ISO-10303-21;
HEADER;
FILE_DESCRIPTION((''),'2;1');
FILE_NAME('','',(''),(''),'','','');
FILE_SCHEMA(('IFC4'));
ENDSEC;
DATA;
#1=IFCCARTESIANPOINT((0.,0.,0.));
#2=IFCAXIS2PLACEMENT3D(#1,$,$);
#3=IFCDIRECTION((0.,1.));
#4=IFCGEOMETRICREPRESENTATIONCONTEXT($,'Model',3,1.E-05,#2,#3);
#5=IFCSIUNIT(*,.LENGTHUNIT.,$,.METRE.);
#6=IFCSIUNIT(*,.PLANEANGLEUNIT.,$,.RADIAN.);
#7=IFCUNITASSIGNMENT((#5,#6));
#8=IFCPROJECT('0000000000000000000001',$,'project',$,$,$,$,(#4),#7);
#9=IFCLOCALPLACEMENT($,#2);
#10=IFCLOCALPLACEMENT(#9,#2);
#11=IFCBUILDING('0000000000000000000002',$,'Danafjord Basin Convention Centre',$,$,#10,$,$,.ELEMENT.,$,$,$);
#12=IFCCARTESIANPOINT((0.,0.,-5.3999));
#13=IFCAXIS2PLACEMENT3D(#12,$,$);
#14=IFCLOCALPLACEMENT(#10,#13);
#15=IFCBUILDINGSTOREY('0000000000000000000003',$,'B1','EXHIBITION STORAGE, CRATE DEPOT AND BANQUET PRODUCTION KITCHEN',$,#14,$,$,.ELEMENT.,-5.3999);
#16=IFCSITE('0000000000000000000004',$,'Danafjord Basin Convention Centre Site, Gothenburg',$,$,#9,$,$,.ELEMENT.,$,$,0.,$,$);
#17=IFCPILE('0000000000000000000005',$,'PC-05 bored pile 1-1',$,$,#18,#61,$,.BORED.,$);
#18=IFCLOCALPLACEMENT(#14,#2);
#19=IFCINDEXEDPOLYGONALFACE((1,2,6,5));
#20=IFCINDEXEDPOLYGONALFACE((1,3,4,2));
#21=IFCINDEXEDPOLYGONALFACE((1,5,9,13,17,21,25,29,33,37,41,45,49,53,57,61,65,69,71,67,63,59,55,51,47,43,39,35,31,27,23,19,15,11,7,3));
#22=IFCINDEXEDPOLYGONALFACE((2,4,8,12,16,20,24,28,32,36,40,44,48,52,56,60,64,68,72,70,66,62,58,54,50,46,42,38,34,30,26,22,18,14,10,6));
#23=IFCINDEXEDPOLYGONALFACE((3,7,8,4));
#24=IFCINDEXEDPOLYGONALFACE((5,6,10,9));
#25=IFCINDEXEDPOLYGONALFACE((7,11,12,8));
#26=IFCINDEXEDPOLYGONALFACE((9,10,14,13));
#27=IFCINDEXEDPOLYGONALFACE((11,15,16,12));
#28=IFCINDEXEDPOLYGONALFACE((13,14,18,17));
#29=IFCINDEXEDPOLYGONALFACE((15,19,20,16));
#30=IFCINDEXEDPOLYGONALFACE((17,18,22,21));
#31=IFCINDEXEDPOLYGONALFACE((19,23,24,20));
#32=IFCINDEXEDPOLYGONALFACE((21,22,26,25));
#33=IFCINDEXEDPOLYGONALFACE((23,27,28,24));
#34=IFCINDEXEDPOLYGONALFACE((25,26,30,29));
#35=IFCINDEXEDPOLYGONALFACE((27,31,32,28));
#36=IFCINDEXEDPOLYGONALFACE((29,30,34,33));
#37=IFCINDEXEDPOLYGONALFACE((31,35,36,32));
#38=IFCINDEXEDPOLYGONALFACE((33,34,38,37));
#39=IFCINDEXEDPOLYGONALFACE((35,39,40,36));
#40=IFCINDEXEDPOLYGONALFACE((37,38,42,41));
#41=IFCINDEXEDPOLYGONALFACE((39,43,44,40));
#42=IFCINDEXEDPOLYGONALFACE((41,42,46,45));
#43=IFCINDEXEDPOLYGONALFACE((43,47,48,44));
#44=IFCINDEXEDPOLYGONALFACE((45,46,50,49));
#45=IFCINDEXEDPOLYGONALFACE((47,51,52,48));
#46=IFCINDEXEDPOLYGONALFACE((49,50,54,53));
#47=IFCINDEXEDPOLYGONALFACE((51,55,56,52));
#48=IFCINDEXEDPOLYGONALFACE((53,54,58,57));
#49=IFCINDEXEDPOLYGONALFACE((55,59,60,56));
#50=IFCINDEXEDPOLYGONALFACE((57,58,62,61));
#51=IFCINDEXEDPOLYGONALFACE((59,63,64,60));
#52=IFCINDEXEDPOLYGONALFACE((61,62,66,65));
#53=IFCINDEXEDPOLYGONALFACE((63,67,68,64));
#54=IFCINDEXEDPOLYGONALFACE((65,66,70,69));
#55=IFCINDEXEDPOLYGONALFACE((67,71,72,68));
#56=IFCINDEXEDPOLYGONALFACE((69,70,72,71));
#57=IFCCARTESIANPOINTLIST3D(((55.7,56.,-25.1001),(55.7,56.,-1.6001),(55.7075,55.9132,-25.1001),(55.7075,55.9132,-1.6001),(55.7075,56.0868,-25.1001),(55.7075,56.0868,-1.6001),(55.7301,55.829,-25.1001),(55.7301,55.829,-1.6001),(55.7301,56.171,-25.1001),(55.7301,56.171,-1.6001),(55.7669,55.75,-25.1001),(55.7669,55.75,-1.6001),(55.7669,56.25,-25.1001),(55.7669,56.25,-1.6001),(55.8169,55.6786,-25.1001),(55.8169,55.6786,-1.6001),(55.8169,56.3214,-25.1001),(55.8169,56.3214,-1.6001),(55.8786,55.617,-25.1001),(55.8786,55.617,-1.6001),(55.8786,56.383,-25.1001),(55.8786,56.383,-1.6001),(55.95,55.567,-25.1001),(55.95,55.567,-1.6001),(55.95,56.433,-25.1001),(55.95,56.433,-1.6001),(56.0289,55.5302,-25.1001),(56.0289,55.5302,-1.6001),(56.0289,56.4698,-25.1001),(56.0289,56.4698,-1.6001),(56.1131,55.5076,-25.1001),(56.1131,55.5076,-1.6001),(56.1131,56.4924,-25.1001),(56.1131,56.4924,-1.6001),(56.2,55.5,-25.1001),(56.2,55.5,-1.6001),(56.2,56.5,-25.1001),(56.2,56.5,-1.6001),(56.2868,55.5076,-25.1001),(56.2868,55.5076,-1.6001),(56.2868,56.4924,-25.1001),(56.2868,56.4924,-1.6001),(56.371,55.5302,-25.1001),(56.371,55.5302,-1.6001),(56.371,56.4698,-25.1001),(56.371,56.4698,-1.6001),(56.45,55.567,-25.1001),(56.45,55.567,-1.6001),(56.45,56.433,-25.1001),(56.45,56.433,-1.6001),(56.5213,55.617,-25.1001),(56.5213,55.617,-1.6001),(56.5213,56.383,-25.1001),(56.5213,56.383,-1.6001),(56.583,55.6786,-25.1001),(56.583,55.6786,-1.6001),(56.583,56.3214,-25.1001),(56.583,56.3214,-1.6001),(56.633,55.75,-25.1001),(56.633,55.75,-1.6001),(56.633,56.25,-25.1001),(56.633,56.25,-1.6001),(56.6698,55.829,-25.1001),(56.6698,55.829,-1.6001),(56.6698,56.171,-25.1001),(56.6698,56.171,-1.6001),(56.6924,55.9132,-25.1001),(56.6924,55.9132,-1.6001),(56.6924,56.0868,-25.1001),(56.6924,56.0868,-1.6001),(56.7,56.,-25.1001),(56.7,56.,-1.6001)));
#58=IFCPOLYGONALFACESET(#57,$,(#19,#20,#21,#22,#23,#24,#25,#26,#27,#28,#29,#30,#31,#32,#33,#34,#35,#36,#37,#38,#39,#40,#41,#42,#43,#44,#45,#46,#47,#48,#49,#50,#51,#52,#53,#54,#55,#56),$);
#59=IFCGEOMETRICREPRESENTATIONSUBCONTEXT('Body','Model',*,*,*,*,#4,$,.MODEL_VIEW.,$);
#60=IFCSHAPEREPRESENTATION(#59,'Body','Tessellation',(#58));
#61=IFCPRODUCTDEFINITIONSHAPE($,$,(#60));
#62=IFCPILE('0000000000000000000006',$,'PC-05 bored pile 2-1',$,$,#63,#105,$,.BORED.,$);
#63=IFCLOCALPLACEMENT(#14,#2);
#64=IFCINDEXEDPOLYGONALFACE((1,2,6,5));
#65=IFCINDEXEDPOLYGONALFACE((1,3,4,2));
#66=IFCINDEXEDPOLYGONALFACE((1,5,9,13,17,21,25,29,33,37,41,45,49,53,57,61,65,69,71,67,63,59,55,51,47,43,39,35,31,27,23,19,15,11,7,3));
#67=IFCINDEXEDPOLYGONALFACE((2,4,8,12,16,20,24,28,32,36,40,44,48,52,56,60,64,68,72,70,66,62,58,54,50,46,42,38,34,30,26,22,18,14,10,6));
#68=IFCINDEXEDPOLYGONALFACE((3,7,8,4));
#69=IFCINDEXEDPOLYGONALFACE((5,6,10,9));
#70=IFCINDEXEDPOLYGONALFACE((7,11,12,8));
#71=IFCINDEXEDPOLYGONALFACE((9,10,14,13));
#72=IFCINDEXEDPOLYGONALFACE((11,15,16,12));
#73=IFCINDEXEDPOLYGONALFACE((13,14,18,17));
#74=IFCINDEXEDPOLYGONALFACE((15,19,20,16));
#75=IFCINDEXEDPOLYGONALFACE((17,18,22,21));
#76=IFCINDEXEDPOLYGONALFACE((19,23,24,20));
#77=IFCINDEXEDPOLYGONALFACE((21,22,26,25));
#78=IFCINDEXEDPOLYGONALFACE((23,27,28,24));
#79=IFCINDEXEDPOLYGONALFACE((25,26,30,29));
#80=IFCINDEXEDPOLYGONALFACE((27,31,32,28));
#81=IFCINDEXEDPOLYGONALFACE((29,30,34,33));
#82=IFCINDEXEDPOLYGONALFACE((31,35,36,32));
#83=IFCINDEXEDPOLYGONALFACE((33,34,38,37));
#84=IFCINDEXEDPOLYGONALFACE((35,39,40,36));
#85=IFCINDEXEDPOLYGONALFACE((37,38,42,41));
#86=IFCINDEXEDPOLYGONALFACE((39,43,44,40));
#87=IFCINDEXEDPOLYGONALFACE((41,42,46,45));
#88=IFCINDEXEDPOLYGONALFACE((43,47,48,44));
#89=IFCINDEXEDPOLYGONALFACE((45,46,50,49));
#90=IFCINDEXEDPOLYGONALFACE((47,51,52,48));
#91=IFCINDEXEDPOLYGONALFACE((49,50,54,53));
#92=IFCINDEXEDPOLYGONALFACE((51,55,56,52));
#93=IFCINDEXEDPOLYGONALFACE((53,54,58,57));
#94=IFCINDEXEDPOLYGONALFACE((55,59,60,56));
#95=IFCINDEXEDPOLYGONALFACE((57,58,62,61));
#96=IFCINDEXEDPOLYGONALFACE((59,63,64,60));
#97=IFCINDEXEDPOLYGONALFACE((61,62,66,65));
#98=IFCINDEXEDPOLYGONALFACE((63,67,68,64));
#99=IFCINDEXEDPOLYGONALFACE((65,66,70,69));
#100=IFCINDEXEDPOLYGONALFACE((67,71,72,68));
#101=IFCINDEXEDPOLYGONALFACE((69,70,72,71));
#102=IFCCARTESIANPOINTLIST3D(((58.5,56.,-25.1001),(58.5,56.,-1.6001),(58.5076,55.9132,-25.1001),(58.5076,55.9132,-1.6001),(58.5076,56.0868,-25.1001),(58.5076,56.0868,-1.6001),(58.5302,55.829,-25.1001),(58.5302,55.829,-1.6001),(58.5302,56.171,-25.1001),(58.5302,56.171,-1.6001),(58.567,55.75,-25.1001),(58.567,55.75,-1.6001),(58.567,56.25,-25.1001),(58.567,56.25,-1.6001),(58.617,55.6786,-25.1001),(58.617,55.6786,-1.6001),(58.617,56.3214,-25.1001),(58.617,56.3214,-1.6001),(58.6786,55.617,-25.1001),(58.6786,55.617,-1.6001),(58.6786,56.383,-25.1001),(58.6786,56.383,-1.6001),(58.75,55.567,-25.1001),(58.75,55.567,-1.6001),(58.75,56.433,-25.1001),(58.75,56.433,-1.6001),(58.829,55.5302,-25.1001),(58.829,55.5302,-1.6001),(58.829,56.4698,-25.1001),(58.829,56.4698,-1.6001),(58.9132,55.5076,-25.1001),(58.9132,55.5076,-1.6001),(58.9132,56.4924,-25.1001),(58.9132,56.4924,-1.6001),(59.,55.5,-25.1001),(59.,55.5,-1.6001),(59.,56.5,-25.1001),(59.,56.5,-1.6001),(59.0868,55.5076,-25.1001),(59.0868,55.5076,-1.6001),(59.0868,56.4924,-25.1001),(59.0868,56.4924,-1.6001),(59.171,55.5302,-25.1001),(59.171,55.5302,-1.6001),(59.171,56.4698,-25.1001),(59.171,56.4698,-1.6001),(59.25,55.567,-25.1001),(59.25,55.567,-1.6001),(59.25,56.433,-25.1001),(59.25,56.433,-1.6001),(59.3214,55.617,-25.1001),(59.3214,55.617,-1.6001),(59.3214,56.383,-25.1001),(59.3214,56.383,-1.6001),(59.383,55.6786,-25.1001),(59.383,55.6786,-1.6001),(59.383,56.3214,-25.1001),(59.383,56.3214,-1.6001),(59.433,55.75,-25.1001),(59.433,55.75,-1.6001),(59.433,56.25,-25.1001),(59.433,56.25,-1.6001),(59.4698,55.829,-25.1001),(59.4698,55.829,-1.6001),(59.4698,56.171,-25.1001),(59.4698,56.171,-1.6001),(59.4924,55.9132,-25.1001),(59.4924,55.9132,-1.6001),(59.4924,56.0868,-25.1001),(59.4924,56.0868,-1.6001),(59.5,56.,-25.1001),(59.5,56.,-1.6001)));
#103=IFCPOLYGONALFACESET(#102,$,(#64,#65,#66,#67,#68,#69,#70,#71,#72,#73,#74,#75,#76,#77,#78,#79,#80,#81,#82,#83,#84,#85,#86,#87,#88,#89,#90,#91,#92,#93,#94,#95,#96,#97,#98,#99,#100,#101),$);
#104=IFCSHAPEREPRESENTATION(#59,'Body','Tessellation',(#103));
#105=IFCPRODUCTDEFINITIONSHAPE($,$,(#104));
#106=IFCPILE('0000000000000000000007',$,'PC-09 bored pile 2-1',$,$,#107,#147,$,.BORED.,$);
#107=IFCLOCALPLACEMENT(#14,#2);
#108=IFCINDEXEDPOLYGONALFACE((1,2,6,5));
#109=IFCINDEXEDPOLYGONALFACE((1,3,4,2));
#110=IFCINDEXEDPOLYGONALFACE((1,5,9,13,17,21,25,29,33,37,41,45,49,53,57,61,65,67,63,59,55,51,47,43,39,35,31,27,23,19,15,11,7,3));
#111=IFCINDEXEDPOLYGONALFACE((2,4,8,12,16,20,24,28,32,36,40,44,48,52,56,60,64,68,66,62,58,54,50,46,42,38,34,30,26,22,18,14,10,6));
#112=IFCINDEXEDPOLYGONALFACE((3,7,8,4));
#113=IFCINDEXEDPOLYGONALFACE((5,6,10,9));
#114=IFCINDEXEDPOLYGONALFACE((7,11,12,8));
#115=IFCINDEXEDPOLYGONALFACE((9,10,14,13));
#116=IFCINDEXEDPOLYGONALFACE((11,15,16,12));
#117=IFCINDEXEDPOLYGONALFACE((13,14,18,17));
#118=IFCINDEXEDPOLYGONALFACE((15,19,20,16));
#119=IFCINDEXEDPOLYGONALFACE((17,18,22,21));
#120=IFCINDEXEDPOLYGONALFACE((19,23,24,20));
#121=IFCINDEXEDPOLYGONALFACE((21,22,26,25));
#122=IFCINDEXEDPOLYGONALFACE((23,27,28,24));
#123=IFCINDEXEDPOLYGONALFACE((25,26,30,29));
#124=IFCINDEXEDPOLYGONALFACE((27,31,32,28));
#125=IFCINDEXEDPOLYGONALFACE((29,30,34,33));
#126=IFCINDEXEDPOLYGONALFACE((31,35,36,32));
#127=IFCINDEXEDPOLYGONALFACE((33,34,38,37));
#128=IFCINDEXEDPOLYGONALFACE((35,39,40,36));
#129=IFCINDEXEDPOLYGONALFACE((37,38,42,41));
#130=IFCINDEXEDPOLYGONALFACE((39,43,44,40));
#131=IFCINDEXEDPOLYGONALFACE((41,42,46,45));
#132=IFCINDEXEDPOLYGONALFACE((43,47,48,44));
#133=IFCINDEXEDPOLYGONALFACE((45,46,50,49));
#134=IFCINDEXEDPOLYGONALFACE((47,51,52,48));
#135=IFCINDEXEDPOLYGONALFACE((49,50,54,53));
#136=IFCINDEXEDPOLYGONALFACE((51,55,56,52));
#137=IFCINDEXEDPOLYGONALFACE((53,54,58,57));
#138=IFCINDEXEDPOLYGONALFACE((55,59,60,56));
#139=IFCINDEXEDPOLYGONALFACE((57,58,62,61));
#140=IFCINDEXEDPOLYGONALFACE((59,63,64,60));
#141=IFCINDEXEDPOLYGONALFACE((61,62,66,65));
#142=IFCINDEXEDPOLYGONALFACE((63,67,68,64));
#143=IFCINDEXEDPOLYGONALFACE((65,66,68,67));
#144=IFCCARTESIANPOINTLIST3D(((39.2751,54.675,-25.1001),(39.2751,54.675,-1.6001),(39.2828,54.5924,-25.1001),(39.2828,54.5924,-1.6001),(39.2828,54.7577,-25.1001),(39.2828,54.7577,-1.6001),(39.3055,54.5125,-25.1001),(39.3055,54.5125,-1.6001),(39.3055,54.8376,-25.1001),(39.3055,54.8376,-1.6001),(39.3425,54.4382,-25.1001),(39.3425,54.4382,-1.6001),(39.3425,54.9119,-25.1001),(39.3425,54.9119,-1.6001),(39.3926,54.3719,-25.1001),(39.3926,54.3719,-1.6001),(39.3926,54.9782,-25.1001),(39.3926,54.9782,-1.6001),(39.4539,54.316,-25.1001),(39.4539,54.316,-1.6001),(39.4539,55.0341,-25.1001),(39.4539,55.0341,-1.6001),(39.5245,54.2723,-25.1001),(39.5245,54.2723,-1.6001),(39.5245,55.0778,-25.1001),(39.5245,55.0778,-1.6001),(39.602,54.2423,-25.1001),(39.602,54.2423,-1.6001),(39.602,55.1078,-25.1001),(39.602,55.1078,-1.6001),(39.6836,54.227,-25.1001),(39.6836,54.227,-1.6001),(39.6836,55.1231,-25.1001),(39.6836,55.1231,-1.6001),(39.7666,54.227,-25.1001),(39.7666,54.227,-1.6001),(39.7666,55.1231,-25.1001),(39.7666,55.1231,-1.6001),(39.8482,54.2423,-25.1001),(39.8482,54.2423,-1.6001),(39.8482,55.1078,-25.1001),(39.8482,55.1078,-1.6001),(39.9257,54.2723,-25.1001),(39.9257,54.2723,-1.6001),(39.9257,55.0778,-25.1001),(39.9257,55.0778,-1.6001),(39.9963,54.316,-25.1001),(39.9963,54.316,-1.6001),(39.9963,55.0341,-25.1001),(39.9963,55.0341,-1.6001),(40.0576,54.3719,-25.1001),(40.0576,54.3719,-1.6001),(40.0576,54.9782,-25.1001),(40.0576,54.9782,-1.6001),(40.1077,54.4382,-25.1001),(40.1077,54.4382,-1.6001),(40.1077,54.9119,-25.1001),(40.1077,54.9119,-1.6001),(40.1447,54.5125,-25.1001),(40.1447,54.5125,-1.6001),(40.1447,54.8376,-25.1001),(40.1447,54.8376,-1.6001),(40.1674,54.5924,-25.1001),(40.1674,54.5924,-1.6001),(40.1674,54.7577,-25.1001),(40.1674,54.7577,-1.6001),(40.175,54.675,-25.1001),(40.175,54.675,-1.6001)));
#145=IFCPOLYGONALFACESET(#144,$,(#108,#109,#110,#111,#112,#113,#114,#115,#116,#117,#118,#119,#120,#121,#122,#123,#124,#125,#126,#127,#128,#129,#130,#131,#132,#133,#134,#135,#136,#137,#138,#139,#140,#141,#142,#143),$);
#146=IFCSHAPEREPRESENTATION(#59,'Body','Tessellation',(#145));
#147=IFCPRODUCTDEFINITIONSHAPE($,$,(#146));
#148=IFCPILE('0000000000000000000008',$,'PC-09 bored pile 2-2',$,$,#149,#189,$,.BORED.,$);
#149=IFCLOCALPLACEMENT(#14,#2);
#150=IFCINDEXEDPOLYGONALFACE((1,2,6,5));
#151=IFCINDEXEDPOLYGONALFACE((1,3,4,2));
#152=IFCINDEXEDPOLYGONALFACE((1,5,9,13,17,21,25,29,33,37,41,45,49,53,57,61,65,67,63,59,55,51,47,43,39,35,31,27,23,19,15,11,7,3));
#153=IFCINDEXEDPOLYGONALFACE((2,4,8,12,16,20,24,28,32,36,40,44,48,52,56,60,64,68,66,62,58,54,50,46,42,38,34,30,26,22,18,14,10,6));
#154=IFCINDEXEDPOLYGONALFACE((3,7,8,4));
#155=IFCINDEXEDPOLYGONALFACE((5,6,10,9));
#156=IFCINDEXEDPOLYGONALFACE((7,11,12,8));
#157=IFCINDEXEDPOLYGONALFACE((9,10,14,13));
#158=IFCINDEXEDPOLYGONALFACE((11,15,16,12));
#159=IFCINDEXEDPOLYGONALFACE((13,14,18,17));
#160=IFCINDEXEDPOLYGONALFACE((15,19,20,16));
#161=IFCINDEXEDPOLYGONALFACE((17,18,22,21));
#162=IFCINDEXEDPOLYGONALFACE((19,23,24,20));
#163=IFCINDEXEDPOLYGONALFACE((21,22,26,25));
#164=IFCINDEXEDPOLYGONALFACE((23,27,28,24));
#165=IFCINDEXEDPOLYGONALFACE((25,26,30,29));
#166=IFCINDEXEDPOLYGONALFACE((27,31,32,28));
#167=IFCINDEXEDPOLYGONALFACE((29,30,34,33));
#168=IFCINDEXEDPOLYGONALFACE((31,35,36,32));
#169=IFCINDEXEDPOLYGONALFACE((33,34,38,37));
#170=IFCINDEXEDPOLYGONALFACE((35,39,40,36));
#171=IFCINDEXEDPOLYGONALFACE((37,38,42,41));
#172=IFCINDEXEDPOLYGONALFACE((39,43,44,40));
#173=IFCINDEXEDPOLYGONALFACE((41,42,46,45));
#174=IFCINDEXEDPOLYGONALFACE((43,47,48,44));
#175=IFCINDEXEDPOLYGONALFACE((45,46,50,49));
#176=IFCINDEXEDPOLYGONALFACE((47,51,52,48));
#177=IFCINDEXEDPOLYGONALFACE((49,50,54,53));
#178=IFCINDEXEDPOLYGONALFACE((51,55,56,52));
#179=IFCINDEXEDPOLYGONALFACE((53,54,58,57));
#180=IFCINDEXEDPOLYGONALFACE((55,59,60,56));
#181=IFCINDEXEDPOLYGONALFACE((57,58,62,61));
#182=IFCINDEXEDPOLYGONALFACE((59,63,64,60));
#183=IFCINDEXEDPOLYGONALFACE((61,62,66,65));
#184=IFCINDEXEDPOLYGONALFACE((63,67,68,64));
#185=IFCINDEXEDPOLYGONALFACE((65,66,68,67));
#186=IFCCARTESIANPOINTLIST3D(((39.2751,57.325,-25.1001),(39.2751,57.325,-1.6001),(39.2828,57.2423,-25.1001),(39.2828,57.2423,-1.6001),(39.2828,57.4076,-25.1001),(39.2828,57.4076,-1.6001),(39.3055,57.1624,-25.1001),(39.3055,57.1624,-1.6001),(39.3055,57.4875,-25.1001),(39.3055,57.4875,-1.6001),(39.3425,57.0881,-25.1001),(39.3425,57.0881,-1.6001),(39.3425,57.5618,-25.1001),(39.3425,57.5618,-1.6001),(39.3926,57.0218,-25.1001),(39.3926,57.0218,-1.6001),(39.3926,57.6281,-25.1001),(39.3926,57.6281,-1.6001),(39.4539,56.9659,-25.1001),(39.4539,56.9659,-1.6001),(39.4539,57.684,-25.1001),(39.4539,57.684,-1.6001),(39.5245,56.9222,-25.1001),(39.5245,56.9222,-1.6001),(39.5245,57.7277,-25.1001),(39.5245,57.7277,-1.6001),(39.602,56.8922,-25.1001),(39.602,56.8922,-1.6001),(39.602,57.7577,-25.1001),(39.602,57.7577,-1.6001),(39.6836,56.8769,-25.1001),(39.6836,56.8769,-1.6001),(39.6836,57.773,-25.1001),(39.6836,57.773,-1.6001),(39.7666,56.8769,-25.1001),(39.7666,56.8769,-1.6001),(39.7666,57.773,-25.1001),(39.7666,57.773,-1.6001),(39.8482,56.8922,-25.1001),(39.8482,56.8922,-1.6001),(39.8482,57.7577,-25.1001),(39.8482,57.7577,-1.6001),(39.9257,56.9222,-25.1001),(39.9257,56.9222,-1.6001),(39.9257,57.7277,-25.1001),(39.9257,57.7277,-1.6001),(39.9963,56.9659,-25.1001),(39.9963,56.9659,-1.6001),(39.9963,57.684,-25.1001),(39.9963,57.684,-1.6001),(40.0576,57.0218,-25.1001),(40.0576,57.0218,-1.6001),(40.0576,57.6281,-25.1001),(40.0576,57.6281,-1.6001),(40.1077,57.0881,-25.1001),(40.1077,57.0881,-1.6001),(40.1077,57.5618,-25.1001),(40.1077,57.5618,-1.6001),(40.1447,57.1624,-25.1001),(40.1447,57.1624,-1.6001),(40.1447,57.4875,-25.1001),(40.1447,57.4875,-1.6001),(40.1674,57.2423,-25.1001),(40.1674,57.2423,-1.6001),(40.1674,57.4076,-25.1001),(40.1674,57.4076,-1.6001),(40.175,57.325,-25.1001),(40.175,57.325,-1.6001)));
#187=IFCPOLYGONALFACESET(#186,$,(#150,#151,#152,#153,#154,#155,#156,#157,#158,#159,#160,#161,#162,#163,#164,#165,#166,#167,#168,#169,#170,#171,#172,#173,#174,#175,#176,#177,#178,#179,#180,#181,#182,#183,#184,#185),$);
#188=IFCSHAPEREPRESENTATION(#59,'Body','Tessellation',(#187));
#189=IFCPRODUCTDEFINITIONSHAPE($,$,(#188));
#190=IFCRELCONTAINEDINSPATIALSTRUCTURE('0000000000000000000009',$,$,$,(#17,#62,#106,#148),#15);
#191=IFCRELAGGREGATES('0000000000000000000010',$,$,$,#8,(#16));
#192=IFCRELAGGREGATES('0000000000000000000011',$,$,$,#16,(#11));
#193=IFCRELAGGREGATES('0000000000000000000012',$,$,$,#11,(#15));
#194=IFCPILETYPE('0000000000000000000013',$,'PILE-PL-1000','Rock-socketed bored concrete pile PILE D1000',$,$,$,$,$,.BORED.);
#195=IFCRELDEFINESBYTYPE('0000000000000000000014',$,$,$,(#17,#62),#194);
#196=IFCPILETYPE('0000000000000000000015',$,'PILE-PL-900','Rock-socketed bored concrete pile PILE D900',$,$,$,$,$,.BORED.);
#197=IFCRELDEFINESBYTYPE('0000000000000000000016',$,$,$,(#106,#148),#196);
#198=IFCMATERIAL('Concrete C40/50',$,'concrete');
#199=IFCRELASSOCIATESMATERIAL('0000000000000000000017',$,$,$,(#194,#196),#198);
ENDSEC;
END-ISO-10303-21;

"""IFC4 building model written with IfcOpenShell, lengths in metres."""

from ifc_helpers import new_model, si_unit, direction, frame, origin, origin_2d, place, context, subcontext, project, spatial, circle, extrude, material, material_profile, profile_set, type_object, element, save


model = new_model("IFC4")

# Units and contexts
model_context = context("Model", 3, precision=1e-05, world=origin(), true_north=direction((0.0, 1.0)))
body_context = subcontext(model_context, "Body", "Model", "MODEL_VIEW")
ifc_project = project(units=[si_unit("LENGTHUNIT", "METRE"), si_unit("PLANEANGLEUNIT", "RADIAN")], contexts=[model_context])

# Site, building, storey
site_placement = place(None, origin())
site = spatial("IfcSite", under=ifc_project, at=site_placement, Name="Danafjord Basin Convention Centre Site, Gothenburg", CompositionType="ELEMENT", RefElevation=0.0)
building_placement = place(site_placement, origin())
building = spatial("IfcBuilding", under=site, at=building_placement, Name="Danafjord Basin Convention Centre", CompositionType="ELEMENT")
storey_placement = place(building_placement, frame((0.0, 0.0, -5.3999)))
storey = spatial("IfcBuildingStorey", under=building, at=storey_placement, Name="B1", Description="EXHIBITION STORAGE, CRATE DEPOT AND BANQUET PRODUCTION KITCHEN", CompositionType="ELEMENT", Elevation=-5.3999)

# Shared definitions
ifc_material_1 = material(Name="Concrete C40/50", Category="concrete")

# Piles
ifc_material_profile_1 = material_profile(ifc_material_1, circle(Radius=0.5, at=origin_2d()), Name="PILE D1000")
ifc_profile_set_1 = profile_set([ifc_material_profile_1], Name="Concrete C40/50")
pile_type_1 = type_object("IfcPileType", Name="PILE-PL-1000", Description="Rock-socketed bored concrete pile PILE D1000", PredefinedType="BORED", material=ifc_profile_set_1)
for number, where, z_axis, x_axis, name in (
    (1, (56.2, 56.0, -1.6001), (0.0, 0.0, -1.0), (1.0, 0.0, 0.0), "PC-05 bored pile 1-1"),
    (2, (59.0, 56.0, -1.6001), (0.0, 0.0, -1.0), (1.0, 0.0, 0.0), "PC-05 bored pile 2-1"),
):
    element("IfcPile", number, at=place(storey_placement, frame(where, z_axis=z_axis, x_axis=x_axis)), inside=storey, type_object=pile_type_1, Name=name, PredefinedType="BORED", context=body_context, shape_type="SweptSolid", body=[
        extrude(circle(Radius=0.5, at=origin_2d()), origin(), (0.0, 0.0, 1.0), 23.5),
    ])
ifc_material_profile_2 = material_profile(ifc_material_1, circle(Radius=0.45, at=origin_2d()), Name="PILE D900")
ifc_profile_set_2 = profile_set([ifc_material_profile_2], Name="Concrete C40/50")
pile_type_2 = type_object("IfcPileType", Name="PILE-PL-900", Description="Rock-socketed bored concrete pile PILE D900", PredefinedType="BORED", material=ifc_profile_set_2)
for number, where, z_axis, x_axis, name in (
    (3, (39.7251, 54.675, -1.6001), (0.0, 0.0, -1.0), (1.0, 0.0, 0.0), "PC-09 bored pile 2-1"),
    (4, (39.7251, 57.325, -1.6001), (0.0, 0.0, -1.0), (1.0, 0.0, 0.0), "PC-09 bored pile 2-2"),
):
    element("IfcPile", number, at=place(storey_placement, frame(where, z_axis=z_axis, x_axis=x_axis)), inside=storey, type_object=pile_type_2, Name=name, PredefinedType="BORED", context=body_context, shape_type="SweptSolid", body=[
        extrude(circle(Radius=0.45, at=origin_2d()), origin(), (0.0, 0.0, 1.0), 23.5),
    ])

save(model, "model.ifc")
